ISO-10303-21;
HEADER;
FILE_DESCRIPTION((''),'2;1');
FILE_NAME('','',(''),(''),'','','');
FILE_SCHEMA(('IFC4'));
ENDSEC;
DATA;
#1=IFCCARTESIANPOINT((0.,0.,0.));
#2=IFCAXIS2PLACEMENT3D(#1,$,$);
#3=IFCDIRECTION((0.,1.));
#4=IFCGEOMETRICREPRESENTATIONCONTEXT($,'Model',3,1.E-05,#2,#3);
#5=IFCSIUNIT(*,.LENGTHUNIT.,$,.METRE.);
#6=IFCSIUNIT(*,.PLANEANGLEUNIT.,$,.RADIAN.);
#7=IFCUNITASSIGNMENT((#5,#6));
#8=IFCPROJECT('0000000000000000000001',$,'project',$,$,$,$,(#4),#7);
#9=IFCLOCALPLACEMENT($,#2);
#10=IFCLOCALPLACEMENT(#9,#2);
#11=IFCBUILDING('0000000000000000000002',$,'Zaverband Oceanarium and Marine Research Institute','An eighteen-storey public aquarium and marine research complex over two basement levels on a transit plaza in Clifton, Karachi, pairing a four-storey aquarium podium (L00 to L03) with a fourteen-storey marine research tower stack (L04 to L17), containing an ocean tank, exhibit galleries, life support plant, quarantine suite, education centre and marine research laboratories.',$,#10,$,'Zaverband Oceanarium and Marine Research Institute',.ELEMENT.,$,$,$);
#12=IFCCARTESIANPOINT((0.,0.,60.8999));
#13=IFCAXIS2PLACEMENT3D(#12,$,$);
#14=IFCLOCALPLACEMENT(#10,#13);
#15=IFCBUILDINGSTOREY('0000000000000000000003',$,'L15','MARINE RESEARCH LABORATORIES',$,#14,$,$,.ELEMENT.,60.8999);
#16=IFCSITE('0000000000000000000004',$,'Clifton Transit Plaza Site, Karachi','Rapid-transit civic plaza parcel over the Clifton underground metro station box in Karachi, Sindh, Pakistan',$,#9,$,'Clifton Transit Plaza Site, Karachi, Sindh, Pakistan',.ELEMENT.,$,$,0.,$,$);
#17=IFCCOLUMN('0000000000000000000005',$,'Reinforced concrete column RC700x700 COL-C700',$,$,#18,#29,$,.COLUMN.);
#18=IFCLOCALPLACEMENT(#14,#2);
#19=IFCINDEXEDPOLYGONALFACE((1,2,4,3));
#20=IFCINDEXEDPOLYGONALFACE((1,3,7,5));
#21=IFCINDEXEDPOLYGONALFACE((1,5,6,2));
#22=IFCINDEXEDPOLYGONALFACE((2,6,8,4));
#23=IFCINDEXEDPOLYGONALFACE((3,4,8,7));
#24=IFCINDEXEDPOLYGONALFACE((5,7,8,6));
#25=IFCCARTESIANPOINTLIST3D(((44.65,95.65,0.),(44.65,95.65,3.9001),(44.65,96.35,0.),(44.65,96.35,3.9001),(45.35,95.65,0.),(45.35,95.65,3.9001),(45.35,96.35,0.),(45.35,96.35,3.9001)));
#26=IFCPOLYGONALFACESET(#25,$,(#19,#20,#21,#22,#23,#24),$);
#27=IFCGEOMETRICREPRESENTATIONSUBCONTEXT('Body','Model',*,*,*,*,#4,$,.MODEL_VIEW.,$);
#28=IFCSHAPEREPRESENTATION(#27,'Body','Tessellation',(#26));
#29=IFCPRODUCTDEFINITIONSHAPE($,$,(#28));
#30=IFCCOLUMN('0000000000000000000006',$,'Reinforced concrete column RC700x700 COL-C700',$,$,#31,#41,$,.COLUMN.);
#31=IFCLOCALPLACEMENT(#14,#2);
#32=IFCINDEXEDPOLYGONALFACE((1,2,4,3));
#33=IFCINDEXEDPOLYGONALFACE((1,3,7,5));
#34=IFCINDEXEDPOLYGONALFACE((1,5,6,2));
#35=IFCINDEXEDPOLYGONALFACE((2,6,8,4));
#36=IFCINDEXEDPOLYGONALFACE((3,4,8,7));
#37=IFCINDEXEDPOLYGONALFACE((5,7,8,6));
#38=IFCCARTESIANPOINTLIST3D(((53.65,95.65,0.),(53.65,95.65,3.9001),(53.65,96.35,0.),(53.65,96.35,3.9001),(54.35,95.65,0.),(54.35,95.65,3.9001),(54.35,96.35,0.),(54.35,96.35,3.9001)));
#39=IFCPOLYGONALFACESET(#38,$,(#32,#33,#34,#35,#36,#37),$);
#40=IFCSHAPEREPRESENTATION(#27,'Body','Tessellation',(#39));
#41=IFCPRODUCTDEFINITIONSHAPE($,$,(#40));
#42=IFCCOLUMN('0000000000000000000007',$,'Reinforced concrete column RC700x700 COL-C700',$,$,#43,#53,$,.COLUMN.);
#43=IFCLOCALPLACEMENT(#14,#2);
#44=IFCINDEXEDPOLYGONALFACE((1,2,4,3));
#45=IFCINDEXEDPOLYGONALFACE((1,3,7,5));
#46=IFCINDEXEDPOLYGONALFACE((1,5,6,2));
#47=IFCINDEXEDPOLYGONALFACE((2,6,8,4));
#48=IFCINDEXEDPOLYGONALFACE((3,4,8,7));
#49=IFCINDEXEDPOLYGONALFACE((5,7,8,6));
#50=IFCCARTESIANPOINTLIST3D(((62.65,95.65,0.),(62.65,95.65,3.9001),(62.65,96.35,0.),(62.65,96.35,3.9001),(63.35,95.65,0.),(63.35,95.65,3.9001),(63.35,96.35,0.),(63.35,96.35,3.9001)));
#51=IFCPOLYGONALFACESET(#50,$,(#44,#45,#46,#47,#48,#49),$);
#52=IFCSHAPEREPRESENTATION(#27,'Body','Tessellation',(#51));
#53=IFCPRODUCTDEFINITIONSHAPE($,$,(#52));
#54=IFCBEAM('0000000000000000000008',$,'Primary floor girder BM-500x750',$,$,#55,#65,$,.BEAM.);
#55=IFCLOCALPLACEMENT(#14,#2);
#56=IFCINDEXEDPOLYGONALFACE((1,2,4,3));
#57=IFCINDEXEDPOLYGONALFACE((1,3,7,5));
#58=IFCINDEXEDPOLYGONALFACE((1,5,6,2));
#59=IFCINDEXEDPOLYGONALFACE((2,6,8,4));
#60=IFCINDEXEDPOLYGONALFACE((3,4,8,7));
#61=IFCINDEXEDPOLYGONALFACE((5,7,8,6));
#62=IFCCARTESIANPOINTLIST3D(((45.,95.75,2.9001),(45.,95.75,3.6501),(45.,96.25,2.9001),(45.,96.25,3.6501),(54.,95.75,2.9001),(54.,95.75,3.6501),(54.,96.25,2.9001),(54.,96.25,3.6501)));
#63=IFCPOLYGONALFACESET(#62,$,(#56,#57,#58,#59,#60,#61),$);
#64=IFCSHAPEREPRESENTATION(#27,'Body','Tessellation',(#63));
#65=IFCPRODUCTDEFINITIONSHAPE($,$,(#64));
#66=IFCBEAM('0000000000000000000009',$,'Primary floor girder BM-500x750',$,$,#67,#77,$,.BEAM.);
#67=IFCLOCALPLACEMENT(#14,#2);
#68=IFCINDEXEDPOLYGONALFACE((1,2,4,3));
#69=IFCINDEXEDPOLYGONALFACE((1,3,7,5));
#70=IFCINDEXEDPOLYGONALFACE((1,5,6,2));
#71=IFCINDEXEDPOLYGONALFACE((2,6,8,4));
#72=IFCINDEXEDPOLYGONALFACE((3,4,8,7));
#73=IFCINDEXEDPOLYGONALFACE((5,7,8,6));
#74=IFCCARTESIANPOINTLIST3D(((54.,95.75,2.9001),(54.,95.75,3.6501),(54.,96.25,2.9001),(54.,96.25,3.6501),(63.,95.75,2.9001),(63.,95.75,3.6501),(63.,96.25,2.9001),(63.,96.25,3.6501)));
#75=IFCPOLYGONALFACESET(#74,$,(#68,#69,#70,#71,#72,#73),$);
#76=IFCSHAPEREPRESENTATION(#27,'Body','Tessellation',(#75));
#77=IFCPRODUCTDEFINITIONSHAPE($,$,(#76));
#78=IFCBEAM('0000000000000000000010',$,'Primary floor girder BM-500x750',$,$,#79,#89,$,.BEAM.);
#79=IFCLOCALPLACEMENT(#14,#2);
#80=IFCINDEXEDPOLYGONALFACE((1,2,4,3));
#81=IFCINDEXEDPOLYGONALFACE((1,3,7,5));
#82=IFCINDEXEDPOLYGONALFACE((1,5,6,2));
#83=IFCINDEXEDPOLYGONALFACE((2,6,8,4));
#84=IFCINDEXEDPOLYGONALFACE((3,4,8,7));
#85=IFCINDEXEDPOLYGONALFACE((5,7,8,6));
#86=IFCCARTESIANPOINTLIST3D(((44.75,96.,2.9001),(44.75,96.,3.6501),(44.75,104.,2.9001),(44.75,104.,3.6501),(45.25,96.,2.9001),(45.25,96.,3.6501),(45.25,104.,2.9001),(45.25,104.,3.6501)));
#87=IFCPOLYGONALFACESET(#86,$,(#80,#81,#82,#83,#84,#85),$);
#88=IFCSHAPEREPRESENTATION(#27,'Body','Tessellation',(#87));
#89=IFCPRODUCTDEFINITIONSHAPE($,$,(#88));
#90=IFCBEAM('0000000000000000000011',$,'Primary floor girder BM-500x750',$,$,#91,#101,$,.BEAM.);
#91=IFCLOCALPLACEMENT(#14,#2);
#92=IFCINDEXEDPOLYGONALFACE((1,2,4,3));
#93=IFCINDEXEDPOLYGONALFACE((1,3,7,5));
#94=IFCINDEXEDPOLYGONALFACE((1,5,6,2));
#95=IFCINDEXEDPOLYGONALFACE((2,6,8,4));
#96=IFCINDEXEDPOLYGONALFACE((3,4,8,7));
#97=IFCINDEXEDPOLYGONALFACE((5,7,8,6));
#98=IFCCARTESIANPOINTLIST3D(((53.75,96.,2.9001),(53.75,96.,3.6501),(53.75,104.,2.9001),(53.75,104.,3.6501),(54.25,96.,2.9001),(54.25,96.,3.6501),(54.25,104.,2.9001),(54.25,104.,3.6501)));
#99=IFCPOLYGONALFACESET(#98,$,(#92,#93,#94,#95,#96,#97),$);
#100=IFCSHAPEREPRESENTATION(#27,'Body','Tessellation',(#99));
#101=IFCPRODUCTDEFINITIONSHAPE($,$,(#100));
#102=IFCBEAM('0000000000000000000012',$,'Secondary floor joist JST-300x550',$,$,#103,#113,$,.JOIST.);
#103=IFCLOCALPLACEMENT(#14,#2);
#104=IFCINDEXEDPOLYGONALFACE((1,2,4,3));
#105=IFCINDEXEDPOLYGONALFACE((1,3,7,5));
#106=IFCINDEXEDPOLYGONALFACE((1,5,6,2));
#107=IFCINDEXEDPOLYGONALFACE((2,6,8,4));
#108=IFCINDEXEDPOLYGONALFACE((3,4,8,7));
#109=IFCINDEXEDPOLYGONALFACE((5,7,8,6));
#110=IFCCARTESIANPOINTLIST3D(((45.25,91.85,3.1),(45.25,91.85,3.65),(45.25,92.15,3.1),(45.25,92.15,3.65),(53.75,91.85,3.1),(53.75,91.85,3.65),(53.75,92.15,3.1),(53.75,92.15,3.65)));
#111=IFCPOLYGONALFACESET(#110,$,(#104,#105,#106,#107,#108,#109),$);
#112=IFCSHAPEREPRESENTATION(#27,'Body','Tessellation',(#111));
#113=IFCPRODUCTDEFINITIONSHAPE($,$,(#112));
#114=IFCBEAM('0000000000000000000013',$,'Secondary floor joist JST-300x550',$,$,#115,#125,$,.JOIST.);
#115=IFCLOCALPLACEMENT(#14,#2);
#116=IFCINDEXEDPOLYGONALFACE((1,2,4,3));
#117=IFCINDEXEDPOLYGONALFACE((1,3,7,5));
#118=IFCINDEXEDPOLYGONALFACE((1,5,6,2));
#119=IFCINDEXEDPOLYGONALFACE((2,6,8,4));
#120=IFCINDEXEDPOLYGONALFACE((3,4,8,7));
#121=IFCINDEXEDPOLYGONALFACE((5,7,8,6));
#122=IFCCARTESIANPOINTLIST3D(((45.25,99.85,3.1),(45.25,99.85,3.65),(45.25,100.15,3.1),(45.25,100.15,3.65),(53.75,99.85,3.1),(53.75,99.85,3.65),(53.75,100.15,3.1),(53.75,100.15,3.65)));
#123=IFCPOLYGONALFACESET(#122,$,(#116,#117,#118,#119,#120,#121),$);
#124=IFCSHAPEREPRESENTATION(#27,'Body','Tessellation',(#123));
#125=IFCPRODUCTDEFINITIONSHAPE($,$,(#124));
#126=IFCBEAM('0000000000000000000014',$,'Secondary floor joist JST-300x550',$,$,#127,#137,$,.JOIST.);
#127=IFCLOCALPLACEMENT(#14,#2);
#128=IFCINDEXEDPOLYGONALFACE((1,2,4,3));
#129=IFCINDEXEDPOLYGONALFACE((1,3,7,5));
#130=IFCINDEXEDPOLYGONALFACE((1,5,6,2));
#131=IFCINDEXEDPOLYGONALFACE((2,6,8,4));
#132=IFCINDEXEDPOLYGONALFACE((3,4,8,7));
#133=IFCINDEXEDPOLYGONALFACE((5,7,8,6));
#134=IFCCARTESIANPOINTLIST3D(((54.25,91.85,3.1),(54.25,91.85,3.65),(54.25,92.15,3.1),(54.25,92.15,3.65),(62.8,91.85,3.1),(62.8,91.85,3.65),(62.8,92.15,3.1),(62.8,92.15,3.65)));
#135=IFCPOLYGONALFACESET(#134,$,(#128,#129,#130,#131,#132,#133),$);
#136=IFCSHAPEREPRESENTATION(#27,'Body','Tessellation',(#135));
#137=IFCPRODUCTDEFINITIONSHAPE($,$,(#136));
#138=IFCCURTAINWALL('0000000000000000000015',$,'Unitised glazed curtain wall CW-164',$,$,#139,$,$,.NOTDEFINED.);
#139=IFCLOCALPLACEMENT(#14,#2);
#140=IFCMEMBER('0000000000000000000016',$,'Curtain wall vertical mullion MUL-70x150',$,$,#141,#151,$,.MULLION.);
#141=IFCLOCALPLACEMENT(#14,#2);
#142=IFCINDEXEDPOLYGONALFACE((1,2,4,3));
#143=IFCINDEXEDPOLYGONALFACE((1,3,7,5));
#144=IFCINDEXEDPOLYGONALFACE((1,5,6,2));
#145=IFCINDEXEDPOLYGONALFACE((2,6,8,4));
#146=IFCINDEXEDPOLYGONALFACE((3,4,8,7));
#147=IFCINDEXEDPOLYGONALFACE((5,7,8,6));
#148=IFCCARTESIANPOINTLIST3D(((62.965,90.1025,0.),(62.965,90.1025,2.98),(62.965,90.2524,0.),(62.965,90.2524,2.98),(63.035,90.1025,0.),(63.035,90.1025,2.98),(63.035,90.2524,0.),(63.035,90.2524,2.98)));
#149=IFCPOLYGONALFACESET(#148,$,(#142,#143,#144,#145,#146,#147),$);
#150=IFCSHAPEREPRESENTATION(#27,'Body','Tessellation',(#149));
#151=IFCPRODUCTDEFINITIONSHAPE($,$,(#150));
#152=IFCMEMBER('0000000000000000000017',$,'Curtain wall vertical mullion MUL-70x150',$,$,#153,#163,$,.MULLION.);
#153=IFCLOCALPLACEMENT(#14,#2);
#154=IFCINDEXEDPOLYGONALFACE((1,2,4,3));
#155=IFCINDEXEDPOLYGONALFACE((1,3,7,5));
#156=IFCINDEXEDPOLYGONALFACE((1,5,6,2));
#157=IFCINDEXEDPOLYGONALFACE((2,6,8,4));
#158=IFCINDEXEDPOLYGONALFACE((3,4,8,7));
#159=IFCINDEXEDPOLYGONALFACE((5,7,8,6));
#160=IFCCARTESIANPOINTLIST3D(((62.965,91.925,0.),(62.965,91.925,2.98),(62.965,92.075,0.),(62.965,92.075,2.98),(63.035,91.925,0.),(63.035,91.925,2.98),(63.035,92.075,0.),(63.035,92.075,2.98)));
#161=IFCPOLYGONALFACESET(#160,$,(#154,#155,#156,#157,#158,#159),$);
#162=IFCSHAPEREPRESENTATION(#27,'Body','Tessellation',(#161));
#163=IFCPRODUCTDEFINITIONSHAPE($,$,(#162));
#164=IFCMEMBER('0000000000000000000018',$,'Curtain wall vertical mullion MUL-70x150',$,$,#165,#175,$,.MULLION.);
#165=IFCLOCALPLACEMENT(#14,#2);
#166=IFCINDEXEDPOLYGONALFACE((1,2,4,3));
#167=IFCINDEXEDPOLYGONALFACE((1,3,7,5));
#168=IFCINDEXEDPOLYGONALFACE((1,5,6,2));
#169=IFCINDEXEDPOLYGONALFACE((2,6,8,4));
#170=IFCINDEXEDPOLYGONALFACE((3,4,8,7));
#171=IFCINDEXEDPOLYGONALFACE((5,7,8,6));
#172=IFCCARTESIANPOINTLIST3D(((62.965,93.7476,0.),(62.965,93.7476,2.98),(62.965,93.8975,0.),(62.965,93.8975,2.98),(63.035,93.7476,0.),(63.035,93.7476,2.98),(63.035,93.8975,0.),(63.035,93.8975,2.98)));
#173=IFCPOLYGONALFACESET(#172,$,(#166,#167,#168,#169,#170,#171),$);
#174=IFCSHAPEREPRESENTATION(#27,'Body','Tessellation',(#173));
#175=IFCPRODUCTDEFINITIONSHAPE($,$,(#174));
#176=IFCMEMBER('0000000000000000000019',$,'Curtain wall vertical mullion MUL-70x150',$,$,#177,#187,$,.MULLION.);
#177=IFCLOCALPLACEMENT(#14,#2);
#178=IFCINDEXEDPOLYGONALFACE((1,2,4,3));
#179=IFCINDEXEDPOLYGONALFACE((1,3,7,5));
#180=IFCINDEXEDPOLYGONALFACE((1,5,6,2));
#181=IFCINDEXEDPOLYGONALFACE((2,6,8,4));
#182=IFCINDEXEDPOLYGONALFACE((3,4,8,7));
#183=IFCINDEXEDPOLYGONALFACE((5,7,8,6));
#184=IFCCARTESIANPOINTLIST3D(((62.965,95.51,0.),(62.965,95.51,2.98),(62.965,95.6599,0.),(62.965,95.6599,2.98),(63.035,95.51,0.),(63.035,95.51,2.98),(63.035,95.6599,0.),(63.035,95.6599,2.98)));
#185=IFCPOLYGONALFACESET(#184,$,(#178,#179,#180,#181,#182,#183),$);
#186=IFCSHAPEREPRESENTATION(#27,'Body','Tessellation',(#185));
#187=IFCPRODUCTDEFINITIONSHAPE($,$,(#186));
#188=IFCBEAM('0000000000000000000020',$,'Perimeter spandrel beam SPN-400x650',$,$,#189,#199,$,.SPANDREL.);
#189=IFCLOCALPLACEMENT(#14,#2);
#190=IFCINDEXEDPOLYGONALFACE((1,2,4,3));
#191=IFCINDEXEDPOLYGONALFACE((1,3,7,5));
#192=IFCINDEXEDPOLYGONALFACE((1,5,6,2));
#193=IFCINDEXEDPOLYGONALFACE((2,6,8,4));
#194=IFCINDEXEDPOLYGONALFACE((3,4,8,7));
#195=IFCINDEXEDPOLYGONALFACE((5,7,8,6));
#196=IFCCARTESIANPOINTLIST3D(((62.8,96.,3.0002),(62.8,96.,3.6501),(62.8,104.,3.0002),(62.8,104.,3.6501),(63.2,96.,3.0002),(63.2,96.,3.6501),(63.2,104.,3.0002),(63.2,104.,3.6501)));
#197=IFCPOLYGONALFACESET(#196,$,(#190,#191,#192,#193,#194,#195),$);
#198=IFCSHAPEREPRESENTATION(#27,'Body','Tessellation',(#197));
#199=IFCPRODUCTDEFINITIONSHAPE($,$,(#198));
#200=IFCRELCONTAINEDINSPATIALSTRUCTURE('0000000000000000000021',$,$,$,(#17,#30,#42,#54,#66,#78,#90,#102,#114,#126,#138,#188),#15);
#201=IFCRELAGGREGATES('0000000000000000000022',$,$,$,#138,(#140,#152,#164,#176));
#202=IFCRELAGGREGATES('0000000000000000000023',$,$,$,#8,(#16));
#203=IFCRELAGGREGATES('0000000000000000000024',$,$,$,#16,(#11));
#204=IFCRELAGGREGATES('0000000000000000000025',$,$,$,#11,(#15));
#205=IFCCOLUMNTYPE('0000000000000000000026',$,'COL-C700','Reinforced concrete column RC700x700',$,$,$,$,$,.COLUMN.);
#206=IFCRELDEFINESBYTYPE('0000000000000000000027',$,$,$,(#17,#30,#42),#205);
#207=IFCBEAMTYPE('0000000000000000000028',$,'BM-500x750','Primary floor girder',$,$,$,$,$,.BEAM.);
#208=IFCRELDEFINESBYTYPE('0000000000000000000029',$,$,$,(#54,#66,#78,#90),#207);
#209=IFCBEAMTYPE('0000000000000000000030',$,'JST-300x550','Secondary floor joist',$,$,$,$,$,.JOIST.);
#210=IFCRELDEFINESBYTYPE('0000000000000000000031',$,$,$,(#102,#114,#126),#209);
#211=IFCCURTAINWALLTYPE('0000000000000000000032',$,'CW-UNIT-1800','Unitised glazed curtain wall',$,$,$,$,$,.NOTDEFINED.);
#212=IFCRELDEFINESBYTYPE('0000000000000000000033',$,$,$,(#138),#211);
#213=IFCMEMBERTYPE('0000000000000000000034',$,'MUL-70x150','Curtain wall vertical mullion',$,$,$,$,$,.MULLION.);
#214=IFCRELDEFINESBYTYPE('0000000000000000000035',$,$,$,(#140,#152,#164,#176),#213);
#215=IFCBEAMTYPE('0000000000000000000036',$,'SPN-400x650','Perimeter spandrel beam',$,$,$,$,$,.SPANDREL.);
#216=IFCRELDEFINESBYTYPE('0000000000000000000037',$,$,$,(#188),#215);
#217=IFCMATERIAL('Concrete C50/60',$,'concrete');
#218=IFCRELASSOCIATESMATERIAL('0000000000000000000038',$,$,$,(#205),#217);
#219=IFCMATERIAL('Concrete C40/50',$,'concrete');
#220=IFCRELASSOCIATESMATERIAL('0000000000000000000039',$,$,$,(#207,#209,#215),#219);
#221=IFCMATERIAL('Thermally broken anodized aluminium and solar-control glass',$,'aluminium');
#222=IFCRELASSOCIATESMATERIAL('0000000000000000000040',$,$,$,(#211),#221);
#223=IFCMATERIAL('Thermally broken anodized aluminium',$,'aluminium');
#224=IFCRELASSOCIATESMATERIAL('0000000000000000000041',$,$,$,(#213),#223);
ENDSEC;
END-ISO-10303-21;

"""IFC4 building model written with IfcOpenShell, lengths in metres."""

from ifc_helpers import new_model, si_unit, direction, frame, origin, origin_2d, place, context, subcontext, project, spatial, rectangle, extrude, material, material_profile, profile_set, type_object, element, aggregate, save


model = new_model("IFC4")

# Units and contexts
model_context = context("Model", 3, precision=1e-05, world=origin(), true_north=direction((0.0, 1.0)))
body_context = subcontext(model_context, "Body", "Model", "MODEL_VIEW")
ifc_project = project(units=[si_unit("LENGTHUNIT", "METRE"), si_unit("PLANEANGLEUNIT", "RADIAN")], contexts=[model_context])

# Site, building, storey
site_placement = place(None, origin())
site = spatial("IfcSite", under=ifc_project, at=site_placement, Name="Clifton Transit Plaza Site, Karachi", Description="Rapid-transit civic plaza parcel over the Clifton underground metro station box in Karachi, Sindh, Pakistan", LongName="Clifton Transit Plaza Site, Karachi, Sindh, Pakistan", CompositionType="ELEMENT", RefElevation=0.0)
building_placement = place(site_placement, origin())
building = spatial("IfcBuilding", under=site, at=building_placement, Name="Zaverband Oceanarium and Marine Research Institute", Description="An eighteen-storey public aquarium and marine research complex over two basement levels on a transit plaza in Clifton, Karachi, pairing a four-storey aquarium podium (L00 to L03) with a fourteen-storey marine research tower stack (L04 to L17), containing an ocean tank, exhibit galleries, life support plant, quarantine suite, education centre and marine research laboratories.", LongName="Zaverband Oceanarium and Marine Research Institute", CompositionType="ELEMENT")
storey_placement = place(building_placement, frame((0.0, 0.0, 60.8999)))
storey = spatial("IfcBuildingStorey", under=building, at=storey_placement, Name="L15", Description="MARINE RESEARCH LABORATORIES", CompositionType="ELEMENT", Elevation=60.8999)

# Columns
ifc_material_1 = material(Name="Concrete C50/60", Category="concrete")
ifc_material_profile_1 = material_profile(ifc_material_1, rectangle(XDim=0.7, YDim=0.7, at=origin_2d()), Name="RC700x700")
ifc_profile_set_1 = profile_set([ifc_material_profile_1], Name="Concrete C50/60")
column_type = type_object("IfcColumnType", Name="COL-C700", Description="Reinforced concrete column RC700x700", PredefinedType="COLUMN", material=ifc_profile_set_1)
for number, where, z_axis, x_axis, name in (
    (1, (45.0, 96.0, 0.0), (0.0, 0.0, 1.0), (1.0, 0.0, 0.0), "Reinforced concrete column RC700x700 COL-C700"),
    (2, (54.0, 96.0, 0.0), (0.0, 0.0, 1.0), (1.0, 0.0, 0.0), "Reinforced concrete column RC700x700 COL-C700"),
    (3, (63.0, 96.0, 0.0), (0.0, 0.0, 1.0), (1.0, 0.0, 0.0), "Reinforced concrete column RC700x700 COL-C700"),
):
    element("IfcColumn", number, at=place(storey_placement, frame(where, z_axis=z_axis, x_axis=x_axis)), inside=storey, type_object=column_type, Name=name, PredefinedType="COLUMN", context=body_context, shape_type="SweptSolid", body=[
        extrude(rectangle(XDim=0.7, YDim=0.7, at=origin_2d()), origin(), (0.0, 0.0, 1.0), 3.9001),
    ])

# Beams
ifc_material_2 = material(Name="Concrete C40/50", Category="concrete")
ifc_material_profile_2 = material_profile(ifc_material_2, rectangle(XDim=0.5, YDim=0.75, at=origin_2d()), Name="RC500x750")
ifc_profile_set_2 = profile_set([ifc_material_profile_2], Name="Concrete C40/50")
beam_type_1 = type_object("IfcBeamType", Name="BM-500x750", Description="Primary floor girder", PredefinedType="BEAM", material=ifc_profile_set_2)
for number, where, z_axis, x_axis, name in (
    (4, (45.0, 96.0, 3.2751), (1.0, 0.0, 0.0), (0.0, 1.0, 0.0), "Primary floor girder BM-500x750"),
    (5, (54.0, 96.0, 3.2751), (1.0, 0.0, 0.0), (0.0, 1.0, 0.0), "Primary floor girder BM-500x750"),
):
    element("IfcBeam", number, at=place(storey_placement, frame(where, z_axis=z_axis, x_axis=x_axis)), inside=storey, type_object=beam_type_1, Name=name, PredefinedType="BEAM", context=body_context, shape_type="SweptSolid", body=[
        extrude(rectangle(XDim=0.5, YDim=0.75, at=origin_2d()), origin(), (0.0, 0.0, 1.0), 9.0),
    ])
for number, where, z_axis, x_axis, name in (
    (6, (45.0, 96.0, 3.2751), (0.0, 1.0, 0.0), (-1.0, 0.0, 0.0), "Primary floor girder BM-500x750"),
    (7, (54.0, 96.0, 3.2751), (0.0, 1.0, 0.0), (-1.0, 0.0, 0.0), "Primary floor girder BM-500x750"),
):
    element("IfcBeam", number, at=place(storey_placement, frame(where, z_axis=z_axis, x_axis=x_axis)), inside=storey, type_object=beam_type_1, Name=name, PredefinedType="BEAM", context=body_context, shape_type="SweptSolid", body=[
        extrude(rectangle(XDim=0.5, YDim=0.75, at=origin_2d()), origin(), (0.0, 0.0, 1.0), 8.0),
    ])
ifc_material_profile_3 = material_profile(ifc_material_2, rectangle(XDim=0.3, YDim=0.55, at=origin_2d()), Name="RC300x550")
ifc_profile_set_3 = profile_set([ifc_material_profile_3], Name="Concrete C40/50")
beam_type_2 = type_object("IfcBeamType", Name="JST-300x550", Description="Secondary floor joist", PredefinedType="JOIST", material=ifc_profile_set_3)
for number, where, z_axis, x_axis, name in (
    (8, (45.25, 92.0, 3.375), (1.0, 0.0, 0.0), (0.0, 1.0, 0.0), "Secondary floor joist JST-300x550"),
    (9, (45.25, 100.0, 3.375), (1.0, 0.0, 0.0), (0.0, 1.0, 0.0), "Secondary floor joist JST-300x550"),
):
    element("IfcBeam", number, at=place(storey_placement, frame(where, z_axis=z_axis, x_axis=x_axis)), inside=storey, type_object=beam_type_2, Name=name, PredefinedType="JOIST", context=body_context, shape_type="SweptSolid", body=[
        extrude(rectangle(XDim=0.3, YDim=0.55, at=origin_2d()), origin(), (0.0, 0.0, 1.0), 8.5),
    ])
beam_1_placement = place(storey_placement, frame((54.25, 92.0, 3.375), z_axis=(1.0, 0.0, 0.0), x_axis=(0.0, 1.0, 0.0)))
element("IfcBeam", 10, at=beam_1_placement, inside=storey, type_object=beam_type_2, Name="Secondary floor joist JST-300x550", PredefinedType="JOIST", context=body_context, shape_type="SweptSolid", body=[
    extrude(rectangle(XDim=0.3, YDim=0.55, at=origin_2d()), origin(), (0.0, 0.0, 1.0), 8.55),
])

# Curtain wall, members
ifc_material_3 = material(Name="Thermally broken anodized aluminium and solar-control glass", Category="aluminium")
curtain_wall_type = type_object("IfcCurtainWallType", Name="CW-UNIT-1800", Description="Unitised glazed curtain wall", PredefinedType="NOTDEFINED", material=ifc_material_3)
curtain_wall_placement = place(storey_placement, origin())
curtain_wall = element("IfcCurtainWall", 11, at=curtain_wall_placement, inside=storey, type_object=curtain_wall_type, Name="Unitised glazed curtain wall CW-164", PredefinedType="NOTDEFINED")
ifc_material_4 = material(Name="Thermally broken anodized aluminium", Category="aluminium")
ifc_material_profile_4 = material_profile(ifc_material_4, rectangle(XDim=0.0701, YDim=0.1499, at=origin_2d()), Name="AL-MUL-70x150")
ifc_profile_set_4 = profile_set([ifc_material_profile_4], Name="Thermally broken anodized aluminium")
member_type = type_object("IfcMemberType", Name="MUL-70x150", Description="Curtain wall vertical mullion", PredefinedType="MULLION", material=ifc_profile_set_4)
member_1_placement = place(storey_placement, frame((63.0, 90.1775, 0.0), z_axis=(0.0, 0.0, 1.0), x_axis=(1.0, 0.0, 0.0)))
member_1 = element("IfcMember", 12, at=member_1_placement, type_object=member_type, Name="Curtain wall vertical mullion MUL-70x150", PredefinedType="MULLION", context=body_context, shape_type="SweptSolid", body=[
    extrude(rectangle(XDim=0.0701, YDim=0.1499, at=origin_2d()), origin(), (0.0, 0.0, 1.0), 2.98),
])
member_2_placement = place(storey_placement, frame((63.0, 92.0, 0.0), z_axis=(0.0, 0.0, 1.0), x_axis=(1.0, 0.0, 0.0)))
member_2 = element("IfcMember", 13, at=member_2_placement, type_object=member_type, Name="Curtain wall vertical mullion MUL-70x150", PredefinedType="MULLION", context=body_context, shape_type="SweptSolid", body=[
    extrude(rectangle(XDim=0.0701, YDim=0.1499, at=origin_2d()), origin(), (0.0, 0.0, 1.0), 2.98),
])
member_3_placement = place(storey_placement, frame((63.0, 93.8225, 0.0), z_axis=(0.0, 0.0, 1.0), x_axis=(1.0, 0.0, 0.0)))
member_3 = element("IfcMember", 14, at=member_3_placement, type_object=member_type, Name="Curtain wall vertical mullion MUL-70x150", PredefinedType="MULLION", context=body_context, shape_type="SweptSolid", body=[
    extrude(rectangle(XDim=0.0701, YDim=0.1499, at=origin_2d()), origin(), (0.0, 0.0, 1.0), 2.98),
])
member_4_placement = place(storey_placement, frame((63.0, 95.585, 0.0), z_axis=(0.0, 0.0, 1.0), x_axis=(1.0, 0.0, 0.0)))
member_4 = element("IfcMember", 15, at=member_4_placement, type_object=member_type, Name="Curtain wall vertical mullion MUL-70x150", PredefinedType="MULLION", context=body_context, shape_type="SweptSolid", body=[
    extrude(rectangle(XDim=0.0701, YDim=0.1499, at=origin_2d()), origin(), (0.0, 0.0, 1.0), 2.98),
])

# Beam
ifc_material_profile_5 = material_profile(ifc_material_2, rectangle(XDim=0.3999, YDim=0.6499, at=origin_2d()), Name="RC400x650")
ifc_profile_set_5 = profile_set([ifc_material_profile_5], Name="Concrete C40/50")
beam_type_3 = type_object("IfcBeamType", Name="SPN-400x650", Description="Perimeter spandrel beam", PredefinedType="SPANDREL", material=ifc_profile_set_5)
beam_2_placement = place(storey_placement, frame((63.0, 96.0, 3.3252), z_axis=(0.0, 1.0, 0.0), x_axis=(-1.0, 0.0, 0.0)))
element("IfcBeam", 16, at=beam_2_placement, inside=storey, type_object=beam_type_3, Name="Perimeter spandrel beam SPN-400x650", PredefinedType="SPANDREL", context=body_context, shape_type="SweptSolid", body=[
    extrude(rectangle(XDim=0.3999, YDim=0.6499, at=origin_2d()), origin(), (0.0, 0.0, 1.0), 8.0),
])

aggregate(curtain_wall, [member_1, member_2, member_3, member_4])

save(model, "model.ifc")
